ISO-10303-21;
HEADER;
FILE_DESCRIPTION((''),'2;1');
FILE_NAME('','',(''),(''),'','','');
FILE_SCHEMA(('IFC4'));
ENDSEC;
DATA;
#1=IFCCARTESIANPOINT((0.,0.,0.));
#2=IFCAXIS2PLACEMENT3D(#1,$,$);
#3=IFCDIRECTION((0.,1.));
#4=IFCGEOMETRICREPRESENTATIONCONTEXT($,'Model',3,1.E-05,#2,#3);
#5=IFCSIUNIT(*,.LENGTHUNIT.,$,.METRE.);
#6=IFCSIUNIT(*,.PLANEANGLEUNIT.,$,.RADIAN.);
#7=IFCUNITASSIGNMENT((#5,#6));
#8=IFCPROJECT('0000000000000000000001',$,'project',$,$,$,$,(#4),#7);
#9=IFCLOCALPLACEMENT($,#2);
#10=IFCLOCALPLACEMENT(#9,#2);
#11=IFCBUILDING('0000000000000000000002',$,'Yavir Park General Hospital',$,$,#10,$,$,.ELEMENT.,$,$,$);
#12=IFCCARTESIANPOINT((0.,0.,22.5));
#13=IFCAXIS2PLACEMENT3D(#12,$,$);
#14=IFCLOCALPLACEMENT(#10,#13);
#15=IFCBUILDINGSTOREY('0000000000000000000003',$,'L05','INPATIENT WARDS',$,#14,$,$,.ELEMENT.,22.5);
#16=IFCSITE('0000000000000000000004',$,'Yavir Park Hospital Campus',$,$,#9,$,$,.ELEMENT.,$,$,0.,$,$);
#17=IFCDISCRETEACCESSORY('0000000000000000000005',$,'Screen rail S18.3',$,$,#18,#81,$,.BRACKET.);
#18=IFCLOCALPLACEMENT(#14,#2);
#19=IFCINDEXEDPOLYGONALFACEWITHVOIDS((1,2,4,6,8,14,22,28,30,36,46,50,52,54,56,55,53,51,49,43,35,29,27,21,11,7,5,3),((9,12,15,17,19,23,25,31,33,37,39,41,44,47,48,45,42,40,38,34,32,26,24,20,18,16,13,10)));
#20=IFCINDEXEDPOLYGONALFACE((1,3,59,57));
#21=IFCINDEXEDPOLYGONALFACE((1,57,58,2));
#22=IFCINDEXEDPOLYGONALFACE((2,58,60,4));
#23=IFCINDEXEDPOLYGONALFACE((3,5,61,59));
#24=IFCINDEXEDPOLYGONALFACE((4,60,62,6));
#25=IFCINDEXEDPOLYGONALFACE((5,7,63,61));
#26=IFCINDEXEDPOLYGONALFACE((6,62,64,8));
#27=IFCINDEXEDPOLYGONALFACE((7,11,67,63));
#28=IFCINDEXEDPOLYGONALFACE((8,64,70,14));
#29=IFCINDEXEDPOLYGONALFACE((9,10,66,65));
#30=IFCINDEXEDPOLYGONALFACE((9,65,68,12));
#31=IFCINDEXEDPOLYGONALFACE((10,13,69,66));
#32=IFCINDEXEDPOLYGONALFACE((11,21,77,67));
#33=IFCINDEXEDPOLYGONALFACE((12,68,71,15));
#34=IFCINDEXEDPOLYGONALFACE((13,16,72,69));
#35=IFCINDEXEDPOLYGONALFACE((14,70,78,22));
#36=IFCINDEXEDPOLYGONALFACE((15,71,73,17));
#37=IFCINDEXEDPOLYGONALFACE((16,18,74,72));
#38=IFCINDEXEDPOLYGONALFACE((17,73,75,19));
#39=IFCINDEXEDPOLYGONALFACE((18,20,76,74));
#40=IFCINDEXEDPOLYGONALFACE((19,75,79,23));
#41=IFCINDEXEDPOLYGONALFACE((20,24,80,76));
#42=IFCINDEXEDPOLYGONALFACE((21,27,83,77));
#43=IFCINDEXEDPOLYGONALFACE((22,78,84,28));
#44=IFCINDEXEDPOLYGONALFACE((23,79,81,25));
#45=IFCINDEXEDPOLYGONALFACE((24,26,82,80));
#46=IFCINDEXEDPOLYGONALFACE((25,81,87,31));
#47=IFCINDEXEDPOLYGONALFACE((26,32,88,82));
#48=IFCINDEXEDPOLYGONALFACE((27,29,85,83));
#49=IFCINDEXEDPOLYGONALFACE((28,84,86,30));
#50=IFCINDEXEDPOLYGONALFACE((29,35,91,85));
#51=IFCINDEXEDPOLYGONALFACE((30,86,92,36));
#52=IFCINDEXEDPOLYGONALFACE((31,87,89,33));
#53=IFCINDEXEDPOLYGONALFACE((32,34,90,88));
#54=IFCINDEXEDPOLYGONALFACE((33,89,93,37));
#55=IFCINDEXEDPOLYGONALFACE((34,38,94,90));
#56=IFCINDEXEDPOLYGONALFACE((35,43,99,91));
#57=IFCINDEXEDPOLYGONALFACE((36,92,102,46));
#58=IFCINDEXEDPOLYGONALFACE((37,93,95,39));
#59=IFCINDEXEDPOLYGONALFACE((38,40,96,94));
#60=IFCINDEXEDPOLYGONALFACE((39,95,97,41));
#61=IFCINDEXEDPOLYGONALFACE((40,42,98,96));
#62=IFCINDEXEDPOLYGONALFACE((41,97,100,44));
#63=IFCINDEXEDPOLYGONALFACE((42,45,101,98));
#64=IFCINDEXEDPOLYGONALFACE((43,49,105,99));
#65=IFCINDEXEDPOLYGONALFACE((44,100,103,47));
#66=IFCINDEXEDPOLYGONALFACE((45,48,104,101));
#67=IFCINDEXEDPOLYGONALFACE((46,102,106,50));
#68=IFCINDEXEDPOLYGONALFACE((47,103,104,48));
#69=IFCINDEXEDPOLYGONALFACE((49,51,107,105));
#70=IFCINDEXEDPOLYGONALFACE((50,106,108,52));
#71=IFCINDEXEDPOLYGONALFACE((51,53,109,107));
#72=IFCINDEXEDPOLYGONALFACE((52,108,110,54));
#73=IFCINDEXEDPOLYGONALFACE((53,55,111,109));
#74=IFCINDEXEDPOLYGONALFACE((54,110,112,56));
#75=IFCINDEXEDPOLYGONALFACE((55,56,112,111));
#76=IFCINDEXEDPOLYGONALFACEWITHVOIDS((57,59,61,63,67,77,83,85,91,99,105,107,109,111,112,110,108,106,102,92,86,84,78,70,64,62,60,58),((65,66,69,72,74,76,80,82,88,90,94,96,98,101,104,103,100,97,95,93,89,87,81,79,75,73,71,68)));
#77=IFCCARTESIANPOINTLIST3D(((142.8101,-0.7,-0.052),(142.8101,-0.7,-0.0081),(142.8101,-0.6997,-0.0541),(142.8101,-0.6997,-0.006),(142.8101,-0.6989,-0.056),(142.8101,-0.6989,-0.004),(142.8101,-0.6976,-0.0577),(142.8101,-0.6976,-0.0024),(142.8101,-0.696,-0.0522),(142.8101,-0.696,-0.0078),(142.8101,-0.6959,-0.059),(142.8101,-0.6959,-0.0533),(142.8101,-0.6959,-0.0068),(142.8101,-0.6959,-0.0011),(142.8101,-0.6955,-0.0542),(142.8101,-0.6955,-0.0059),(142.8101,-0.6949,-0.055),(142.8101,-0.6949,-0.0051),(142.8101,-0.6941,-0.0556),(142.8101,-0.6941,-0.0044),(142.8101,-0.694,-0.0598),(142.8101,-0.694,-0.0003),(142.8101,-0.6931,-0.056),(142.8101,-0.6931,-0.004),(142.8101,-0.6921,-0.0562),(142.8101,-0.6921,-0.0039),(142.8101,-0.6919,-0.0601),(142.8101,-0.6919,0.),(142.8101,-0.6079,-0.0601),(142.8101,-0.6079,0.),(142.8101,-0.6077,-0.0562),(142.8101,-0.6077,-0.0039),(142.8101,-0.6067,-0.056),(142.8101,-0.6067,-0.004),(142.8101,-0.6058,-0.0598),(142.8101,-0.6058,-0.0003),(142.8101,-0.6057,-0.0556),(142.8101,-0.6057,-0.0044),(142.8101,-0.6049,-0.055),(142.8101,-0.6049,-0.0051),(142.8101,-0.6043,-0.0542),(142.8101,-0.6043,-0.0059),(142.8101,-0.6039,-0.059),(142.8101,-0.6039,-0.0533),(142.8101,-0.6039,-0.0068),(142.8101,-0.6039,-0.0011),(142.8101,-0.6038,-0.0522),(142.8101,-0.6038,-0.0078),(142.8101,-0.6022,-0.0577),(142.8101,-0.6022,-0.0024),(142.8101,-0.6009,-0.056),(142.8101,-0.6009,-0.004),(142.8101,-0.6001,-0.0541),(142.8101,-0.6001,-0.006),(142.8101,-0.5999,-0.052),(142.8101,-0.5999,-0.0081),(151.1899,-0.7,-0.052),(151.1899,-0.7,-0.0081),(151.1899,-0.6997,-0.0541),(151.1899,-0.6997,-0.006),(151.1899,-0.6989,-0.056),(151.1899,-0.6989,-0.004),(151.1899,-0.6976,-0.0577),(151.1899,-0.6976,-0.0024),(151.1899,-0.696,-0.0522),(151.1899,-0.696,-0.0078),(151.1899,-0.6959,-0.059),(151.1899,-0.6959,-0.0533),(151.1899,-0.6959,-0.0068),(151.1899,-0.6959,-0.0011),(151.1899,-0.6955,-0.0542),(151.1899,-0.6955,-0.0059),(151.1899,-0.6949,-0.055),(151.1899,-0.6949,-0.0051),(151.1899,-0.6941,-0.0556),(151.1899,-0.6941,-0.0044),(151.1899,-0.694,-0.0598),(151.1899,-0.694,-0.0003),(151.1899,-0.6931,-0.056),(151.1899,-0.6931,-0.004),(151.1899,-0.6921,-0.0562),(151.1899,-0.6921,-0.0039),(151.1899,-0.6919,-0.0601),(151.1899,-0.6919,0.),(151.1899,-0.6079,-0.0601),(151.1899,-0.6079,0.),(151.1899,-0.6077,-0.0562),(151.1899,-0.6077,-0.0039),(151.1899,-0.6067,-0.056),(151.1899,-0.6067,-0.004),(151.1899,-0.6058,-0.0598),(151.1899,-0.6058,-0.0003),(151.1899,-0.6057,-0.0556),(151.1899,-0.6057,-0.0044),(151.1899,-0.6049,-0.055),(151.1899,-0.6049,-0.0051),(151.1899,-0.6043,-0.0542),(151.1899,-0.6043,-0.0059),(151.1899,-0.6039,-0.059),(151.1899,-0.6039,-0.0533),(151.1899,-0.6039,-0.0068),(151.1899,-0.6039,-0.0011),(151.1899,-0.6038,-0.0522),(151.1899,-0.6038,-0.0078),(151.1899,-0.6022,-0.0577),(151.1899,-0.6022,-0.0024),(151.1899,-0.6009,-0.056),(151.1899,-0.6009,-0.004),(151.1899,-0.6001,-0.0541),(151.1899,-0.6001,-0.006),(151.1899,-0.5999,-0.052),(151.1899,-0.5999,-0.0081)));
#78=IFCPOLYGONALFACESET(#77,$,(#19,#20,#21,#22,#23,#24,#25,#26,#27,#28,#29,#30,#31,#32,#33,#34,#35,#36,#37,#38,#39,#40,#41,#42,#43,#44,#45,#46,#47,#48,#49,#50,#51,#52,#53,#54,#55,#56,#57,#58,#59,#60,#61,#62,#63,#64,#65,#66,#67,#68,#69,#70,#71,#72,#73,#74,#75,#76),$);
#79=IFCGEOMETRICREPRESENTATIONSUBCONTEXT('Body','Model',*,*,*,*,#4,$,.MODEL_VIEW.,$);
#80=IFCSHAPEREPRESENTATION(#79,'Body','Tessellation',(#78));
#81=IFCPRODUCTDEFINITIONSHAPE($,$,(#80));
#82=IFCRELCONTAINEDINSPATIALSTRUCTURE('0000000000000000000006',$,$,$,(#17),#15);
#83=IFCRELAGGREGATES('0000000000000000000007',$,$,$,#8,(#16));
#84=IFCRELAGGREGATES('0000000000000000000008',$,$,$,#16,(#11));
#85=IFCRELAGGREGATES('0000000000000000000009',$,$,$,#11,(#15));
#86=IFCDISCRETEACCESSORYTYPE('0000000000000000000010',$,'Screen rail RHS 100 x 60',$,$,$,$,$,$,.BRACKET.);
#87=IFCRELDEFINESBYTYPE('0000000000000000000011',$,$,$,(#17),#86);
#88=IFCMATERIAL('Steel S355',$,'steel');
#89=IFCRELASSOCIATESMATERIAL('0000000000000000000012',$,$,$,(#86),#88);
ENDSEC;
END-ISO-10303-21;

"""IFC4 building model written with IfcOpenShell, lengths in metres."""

from ifc_helpers import new_model, si_unit, direction, frame, origin, origin_2d, place, context, subcontext, project, spatial, hollow_rectangle, extrude, material, material_profile, profile_set, type_object, element, save


model = new_model("IFC4")

# Units and contexts
model_context = context("Model", 3, precision=1e-05, world=origin(), true_north=direction((0.0, 1.0)))
body_context = subcontext(model_context, "Body", "Model", "MODEL_VIEW")
ifc_project = project(units=[si_unit("LENGTHUNIT", "METRE"), si_unit("PLANEANGLEUNIT", "RADIAN")], contexts=[model_context])

# Site, building, storey
site_placement = place(None, origin())
site = spatial("IfcSite", under=ifc_project, at=site_placement, Name="Yavir Park Hospital Campus", CompositionType="ELEMENT", RefElevation=0.0)
building_placement = place(site_placement, origin())
building = spatial("IfcBuilding", under=site, at=building_placement, Name="Yavir Park General Hospital", CompositionType="ELEMENT")
storey_placement = place(building_placement, frame((0.0, 0.0, 22.5)))
storey = spatial("IfcBuildingStorey", under=building, at=storey_placement, Name="L05", Description="INPATIENT WARDS", CompositionType="ELEMENT", Elevation=22.5)

# Discrete accessory
ifc_material_1 = material(Name="Steel S355", Category="steel")
ifc_material_profile_1 = material_profile(ifc_material_1, hollow_rectangle(XDim=0.1001, YDim=0.0601, WallThickness=0.0039, InnerFilletRadius=0.0039, OuterFilletRadius=0.0081, at=origin_2d()), Name="RHS60x100x4")
ifc_profile_set_1 = profile_set([ifc_material_profile_1], Name="Steel S355")
discrete_accessory_type_1 = type_object("IfcDiscreteAccessoryType", Name="Screen rail RHS 100 x 60", PredefinedType="BRACKET", material=ifc_profile_set_1)
discrete_accessory_1_placement = place(storey_placement, frame((142.8101, -0.6499, -0.03), z_axis=(1.0, 0.0, 0.0), x_axis=(0.0, 1.0, 0.0)))
element("IfcDiscreteAccessory", 1, at=discrete_accessory_1_placement, inside=storey, type_object=discrete_accessory_type_1, Name="Screen rail S18.3", PredefinedType="BRACKET", context=body_context, shape_type="SweptSolid", body=[
    extrude(hollow_rectangle(XDim=0.1001, YDim=0.0601, WallThickness=0.0039, InnerFilletRadius=0.0039, OuterFilletRadius=0.0081, at=origin_2d()), origin(), (0.0, 0.0, 1.0), 8.3799),
])

save(model, "model.ifc")
